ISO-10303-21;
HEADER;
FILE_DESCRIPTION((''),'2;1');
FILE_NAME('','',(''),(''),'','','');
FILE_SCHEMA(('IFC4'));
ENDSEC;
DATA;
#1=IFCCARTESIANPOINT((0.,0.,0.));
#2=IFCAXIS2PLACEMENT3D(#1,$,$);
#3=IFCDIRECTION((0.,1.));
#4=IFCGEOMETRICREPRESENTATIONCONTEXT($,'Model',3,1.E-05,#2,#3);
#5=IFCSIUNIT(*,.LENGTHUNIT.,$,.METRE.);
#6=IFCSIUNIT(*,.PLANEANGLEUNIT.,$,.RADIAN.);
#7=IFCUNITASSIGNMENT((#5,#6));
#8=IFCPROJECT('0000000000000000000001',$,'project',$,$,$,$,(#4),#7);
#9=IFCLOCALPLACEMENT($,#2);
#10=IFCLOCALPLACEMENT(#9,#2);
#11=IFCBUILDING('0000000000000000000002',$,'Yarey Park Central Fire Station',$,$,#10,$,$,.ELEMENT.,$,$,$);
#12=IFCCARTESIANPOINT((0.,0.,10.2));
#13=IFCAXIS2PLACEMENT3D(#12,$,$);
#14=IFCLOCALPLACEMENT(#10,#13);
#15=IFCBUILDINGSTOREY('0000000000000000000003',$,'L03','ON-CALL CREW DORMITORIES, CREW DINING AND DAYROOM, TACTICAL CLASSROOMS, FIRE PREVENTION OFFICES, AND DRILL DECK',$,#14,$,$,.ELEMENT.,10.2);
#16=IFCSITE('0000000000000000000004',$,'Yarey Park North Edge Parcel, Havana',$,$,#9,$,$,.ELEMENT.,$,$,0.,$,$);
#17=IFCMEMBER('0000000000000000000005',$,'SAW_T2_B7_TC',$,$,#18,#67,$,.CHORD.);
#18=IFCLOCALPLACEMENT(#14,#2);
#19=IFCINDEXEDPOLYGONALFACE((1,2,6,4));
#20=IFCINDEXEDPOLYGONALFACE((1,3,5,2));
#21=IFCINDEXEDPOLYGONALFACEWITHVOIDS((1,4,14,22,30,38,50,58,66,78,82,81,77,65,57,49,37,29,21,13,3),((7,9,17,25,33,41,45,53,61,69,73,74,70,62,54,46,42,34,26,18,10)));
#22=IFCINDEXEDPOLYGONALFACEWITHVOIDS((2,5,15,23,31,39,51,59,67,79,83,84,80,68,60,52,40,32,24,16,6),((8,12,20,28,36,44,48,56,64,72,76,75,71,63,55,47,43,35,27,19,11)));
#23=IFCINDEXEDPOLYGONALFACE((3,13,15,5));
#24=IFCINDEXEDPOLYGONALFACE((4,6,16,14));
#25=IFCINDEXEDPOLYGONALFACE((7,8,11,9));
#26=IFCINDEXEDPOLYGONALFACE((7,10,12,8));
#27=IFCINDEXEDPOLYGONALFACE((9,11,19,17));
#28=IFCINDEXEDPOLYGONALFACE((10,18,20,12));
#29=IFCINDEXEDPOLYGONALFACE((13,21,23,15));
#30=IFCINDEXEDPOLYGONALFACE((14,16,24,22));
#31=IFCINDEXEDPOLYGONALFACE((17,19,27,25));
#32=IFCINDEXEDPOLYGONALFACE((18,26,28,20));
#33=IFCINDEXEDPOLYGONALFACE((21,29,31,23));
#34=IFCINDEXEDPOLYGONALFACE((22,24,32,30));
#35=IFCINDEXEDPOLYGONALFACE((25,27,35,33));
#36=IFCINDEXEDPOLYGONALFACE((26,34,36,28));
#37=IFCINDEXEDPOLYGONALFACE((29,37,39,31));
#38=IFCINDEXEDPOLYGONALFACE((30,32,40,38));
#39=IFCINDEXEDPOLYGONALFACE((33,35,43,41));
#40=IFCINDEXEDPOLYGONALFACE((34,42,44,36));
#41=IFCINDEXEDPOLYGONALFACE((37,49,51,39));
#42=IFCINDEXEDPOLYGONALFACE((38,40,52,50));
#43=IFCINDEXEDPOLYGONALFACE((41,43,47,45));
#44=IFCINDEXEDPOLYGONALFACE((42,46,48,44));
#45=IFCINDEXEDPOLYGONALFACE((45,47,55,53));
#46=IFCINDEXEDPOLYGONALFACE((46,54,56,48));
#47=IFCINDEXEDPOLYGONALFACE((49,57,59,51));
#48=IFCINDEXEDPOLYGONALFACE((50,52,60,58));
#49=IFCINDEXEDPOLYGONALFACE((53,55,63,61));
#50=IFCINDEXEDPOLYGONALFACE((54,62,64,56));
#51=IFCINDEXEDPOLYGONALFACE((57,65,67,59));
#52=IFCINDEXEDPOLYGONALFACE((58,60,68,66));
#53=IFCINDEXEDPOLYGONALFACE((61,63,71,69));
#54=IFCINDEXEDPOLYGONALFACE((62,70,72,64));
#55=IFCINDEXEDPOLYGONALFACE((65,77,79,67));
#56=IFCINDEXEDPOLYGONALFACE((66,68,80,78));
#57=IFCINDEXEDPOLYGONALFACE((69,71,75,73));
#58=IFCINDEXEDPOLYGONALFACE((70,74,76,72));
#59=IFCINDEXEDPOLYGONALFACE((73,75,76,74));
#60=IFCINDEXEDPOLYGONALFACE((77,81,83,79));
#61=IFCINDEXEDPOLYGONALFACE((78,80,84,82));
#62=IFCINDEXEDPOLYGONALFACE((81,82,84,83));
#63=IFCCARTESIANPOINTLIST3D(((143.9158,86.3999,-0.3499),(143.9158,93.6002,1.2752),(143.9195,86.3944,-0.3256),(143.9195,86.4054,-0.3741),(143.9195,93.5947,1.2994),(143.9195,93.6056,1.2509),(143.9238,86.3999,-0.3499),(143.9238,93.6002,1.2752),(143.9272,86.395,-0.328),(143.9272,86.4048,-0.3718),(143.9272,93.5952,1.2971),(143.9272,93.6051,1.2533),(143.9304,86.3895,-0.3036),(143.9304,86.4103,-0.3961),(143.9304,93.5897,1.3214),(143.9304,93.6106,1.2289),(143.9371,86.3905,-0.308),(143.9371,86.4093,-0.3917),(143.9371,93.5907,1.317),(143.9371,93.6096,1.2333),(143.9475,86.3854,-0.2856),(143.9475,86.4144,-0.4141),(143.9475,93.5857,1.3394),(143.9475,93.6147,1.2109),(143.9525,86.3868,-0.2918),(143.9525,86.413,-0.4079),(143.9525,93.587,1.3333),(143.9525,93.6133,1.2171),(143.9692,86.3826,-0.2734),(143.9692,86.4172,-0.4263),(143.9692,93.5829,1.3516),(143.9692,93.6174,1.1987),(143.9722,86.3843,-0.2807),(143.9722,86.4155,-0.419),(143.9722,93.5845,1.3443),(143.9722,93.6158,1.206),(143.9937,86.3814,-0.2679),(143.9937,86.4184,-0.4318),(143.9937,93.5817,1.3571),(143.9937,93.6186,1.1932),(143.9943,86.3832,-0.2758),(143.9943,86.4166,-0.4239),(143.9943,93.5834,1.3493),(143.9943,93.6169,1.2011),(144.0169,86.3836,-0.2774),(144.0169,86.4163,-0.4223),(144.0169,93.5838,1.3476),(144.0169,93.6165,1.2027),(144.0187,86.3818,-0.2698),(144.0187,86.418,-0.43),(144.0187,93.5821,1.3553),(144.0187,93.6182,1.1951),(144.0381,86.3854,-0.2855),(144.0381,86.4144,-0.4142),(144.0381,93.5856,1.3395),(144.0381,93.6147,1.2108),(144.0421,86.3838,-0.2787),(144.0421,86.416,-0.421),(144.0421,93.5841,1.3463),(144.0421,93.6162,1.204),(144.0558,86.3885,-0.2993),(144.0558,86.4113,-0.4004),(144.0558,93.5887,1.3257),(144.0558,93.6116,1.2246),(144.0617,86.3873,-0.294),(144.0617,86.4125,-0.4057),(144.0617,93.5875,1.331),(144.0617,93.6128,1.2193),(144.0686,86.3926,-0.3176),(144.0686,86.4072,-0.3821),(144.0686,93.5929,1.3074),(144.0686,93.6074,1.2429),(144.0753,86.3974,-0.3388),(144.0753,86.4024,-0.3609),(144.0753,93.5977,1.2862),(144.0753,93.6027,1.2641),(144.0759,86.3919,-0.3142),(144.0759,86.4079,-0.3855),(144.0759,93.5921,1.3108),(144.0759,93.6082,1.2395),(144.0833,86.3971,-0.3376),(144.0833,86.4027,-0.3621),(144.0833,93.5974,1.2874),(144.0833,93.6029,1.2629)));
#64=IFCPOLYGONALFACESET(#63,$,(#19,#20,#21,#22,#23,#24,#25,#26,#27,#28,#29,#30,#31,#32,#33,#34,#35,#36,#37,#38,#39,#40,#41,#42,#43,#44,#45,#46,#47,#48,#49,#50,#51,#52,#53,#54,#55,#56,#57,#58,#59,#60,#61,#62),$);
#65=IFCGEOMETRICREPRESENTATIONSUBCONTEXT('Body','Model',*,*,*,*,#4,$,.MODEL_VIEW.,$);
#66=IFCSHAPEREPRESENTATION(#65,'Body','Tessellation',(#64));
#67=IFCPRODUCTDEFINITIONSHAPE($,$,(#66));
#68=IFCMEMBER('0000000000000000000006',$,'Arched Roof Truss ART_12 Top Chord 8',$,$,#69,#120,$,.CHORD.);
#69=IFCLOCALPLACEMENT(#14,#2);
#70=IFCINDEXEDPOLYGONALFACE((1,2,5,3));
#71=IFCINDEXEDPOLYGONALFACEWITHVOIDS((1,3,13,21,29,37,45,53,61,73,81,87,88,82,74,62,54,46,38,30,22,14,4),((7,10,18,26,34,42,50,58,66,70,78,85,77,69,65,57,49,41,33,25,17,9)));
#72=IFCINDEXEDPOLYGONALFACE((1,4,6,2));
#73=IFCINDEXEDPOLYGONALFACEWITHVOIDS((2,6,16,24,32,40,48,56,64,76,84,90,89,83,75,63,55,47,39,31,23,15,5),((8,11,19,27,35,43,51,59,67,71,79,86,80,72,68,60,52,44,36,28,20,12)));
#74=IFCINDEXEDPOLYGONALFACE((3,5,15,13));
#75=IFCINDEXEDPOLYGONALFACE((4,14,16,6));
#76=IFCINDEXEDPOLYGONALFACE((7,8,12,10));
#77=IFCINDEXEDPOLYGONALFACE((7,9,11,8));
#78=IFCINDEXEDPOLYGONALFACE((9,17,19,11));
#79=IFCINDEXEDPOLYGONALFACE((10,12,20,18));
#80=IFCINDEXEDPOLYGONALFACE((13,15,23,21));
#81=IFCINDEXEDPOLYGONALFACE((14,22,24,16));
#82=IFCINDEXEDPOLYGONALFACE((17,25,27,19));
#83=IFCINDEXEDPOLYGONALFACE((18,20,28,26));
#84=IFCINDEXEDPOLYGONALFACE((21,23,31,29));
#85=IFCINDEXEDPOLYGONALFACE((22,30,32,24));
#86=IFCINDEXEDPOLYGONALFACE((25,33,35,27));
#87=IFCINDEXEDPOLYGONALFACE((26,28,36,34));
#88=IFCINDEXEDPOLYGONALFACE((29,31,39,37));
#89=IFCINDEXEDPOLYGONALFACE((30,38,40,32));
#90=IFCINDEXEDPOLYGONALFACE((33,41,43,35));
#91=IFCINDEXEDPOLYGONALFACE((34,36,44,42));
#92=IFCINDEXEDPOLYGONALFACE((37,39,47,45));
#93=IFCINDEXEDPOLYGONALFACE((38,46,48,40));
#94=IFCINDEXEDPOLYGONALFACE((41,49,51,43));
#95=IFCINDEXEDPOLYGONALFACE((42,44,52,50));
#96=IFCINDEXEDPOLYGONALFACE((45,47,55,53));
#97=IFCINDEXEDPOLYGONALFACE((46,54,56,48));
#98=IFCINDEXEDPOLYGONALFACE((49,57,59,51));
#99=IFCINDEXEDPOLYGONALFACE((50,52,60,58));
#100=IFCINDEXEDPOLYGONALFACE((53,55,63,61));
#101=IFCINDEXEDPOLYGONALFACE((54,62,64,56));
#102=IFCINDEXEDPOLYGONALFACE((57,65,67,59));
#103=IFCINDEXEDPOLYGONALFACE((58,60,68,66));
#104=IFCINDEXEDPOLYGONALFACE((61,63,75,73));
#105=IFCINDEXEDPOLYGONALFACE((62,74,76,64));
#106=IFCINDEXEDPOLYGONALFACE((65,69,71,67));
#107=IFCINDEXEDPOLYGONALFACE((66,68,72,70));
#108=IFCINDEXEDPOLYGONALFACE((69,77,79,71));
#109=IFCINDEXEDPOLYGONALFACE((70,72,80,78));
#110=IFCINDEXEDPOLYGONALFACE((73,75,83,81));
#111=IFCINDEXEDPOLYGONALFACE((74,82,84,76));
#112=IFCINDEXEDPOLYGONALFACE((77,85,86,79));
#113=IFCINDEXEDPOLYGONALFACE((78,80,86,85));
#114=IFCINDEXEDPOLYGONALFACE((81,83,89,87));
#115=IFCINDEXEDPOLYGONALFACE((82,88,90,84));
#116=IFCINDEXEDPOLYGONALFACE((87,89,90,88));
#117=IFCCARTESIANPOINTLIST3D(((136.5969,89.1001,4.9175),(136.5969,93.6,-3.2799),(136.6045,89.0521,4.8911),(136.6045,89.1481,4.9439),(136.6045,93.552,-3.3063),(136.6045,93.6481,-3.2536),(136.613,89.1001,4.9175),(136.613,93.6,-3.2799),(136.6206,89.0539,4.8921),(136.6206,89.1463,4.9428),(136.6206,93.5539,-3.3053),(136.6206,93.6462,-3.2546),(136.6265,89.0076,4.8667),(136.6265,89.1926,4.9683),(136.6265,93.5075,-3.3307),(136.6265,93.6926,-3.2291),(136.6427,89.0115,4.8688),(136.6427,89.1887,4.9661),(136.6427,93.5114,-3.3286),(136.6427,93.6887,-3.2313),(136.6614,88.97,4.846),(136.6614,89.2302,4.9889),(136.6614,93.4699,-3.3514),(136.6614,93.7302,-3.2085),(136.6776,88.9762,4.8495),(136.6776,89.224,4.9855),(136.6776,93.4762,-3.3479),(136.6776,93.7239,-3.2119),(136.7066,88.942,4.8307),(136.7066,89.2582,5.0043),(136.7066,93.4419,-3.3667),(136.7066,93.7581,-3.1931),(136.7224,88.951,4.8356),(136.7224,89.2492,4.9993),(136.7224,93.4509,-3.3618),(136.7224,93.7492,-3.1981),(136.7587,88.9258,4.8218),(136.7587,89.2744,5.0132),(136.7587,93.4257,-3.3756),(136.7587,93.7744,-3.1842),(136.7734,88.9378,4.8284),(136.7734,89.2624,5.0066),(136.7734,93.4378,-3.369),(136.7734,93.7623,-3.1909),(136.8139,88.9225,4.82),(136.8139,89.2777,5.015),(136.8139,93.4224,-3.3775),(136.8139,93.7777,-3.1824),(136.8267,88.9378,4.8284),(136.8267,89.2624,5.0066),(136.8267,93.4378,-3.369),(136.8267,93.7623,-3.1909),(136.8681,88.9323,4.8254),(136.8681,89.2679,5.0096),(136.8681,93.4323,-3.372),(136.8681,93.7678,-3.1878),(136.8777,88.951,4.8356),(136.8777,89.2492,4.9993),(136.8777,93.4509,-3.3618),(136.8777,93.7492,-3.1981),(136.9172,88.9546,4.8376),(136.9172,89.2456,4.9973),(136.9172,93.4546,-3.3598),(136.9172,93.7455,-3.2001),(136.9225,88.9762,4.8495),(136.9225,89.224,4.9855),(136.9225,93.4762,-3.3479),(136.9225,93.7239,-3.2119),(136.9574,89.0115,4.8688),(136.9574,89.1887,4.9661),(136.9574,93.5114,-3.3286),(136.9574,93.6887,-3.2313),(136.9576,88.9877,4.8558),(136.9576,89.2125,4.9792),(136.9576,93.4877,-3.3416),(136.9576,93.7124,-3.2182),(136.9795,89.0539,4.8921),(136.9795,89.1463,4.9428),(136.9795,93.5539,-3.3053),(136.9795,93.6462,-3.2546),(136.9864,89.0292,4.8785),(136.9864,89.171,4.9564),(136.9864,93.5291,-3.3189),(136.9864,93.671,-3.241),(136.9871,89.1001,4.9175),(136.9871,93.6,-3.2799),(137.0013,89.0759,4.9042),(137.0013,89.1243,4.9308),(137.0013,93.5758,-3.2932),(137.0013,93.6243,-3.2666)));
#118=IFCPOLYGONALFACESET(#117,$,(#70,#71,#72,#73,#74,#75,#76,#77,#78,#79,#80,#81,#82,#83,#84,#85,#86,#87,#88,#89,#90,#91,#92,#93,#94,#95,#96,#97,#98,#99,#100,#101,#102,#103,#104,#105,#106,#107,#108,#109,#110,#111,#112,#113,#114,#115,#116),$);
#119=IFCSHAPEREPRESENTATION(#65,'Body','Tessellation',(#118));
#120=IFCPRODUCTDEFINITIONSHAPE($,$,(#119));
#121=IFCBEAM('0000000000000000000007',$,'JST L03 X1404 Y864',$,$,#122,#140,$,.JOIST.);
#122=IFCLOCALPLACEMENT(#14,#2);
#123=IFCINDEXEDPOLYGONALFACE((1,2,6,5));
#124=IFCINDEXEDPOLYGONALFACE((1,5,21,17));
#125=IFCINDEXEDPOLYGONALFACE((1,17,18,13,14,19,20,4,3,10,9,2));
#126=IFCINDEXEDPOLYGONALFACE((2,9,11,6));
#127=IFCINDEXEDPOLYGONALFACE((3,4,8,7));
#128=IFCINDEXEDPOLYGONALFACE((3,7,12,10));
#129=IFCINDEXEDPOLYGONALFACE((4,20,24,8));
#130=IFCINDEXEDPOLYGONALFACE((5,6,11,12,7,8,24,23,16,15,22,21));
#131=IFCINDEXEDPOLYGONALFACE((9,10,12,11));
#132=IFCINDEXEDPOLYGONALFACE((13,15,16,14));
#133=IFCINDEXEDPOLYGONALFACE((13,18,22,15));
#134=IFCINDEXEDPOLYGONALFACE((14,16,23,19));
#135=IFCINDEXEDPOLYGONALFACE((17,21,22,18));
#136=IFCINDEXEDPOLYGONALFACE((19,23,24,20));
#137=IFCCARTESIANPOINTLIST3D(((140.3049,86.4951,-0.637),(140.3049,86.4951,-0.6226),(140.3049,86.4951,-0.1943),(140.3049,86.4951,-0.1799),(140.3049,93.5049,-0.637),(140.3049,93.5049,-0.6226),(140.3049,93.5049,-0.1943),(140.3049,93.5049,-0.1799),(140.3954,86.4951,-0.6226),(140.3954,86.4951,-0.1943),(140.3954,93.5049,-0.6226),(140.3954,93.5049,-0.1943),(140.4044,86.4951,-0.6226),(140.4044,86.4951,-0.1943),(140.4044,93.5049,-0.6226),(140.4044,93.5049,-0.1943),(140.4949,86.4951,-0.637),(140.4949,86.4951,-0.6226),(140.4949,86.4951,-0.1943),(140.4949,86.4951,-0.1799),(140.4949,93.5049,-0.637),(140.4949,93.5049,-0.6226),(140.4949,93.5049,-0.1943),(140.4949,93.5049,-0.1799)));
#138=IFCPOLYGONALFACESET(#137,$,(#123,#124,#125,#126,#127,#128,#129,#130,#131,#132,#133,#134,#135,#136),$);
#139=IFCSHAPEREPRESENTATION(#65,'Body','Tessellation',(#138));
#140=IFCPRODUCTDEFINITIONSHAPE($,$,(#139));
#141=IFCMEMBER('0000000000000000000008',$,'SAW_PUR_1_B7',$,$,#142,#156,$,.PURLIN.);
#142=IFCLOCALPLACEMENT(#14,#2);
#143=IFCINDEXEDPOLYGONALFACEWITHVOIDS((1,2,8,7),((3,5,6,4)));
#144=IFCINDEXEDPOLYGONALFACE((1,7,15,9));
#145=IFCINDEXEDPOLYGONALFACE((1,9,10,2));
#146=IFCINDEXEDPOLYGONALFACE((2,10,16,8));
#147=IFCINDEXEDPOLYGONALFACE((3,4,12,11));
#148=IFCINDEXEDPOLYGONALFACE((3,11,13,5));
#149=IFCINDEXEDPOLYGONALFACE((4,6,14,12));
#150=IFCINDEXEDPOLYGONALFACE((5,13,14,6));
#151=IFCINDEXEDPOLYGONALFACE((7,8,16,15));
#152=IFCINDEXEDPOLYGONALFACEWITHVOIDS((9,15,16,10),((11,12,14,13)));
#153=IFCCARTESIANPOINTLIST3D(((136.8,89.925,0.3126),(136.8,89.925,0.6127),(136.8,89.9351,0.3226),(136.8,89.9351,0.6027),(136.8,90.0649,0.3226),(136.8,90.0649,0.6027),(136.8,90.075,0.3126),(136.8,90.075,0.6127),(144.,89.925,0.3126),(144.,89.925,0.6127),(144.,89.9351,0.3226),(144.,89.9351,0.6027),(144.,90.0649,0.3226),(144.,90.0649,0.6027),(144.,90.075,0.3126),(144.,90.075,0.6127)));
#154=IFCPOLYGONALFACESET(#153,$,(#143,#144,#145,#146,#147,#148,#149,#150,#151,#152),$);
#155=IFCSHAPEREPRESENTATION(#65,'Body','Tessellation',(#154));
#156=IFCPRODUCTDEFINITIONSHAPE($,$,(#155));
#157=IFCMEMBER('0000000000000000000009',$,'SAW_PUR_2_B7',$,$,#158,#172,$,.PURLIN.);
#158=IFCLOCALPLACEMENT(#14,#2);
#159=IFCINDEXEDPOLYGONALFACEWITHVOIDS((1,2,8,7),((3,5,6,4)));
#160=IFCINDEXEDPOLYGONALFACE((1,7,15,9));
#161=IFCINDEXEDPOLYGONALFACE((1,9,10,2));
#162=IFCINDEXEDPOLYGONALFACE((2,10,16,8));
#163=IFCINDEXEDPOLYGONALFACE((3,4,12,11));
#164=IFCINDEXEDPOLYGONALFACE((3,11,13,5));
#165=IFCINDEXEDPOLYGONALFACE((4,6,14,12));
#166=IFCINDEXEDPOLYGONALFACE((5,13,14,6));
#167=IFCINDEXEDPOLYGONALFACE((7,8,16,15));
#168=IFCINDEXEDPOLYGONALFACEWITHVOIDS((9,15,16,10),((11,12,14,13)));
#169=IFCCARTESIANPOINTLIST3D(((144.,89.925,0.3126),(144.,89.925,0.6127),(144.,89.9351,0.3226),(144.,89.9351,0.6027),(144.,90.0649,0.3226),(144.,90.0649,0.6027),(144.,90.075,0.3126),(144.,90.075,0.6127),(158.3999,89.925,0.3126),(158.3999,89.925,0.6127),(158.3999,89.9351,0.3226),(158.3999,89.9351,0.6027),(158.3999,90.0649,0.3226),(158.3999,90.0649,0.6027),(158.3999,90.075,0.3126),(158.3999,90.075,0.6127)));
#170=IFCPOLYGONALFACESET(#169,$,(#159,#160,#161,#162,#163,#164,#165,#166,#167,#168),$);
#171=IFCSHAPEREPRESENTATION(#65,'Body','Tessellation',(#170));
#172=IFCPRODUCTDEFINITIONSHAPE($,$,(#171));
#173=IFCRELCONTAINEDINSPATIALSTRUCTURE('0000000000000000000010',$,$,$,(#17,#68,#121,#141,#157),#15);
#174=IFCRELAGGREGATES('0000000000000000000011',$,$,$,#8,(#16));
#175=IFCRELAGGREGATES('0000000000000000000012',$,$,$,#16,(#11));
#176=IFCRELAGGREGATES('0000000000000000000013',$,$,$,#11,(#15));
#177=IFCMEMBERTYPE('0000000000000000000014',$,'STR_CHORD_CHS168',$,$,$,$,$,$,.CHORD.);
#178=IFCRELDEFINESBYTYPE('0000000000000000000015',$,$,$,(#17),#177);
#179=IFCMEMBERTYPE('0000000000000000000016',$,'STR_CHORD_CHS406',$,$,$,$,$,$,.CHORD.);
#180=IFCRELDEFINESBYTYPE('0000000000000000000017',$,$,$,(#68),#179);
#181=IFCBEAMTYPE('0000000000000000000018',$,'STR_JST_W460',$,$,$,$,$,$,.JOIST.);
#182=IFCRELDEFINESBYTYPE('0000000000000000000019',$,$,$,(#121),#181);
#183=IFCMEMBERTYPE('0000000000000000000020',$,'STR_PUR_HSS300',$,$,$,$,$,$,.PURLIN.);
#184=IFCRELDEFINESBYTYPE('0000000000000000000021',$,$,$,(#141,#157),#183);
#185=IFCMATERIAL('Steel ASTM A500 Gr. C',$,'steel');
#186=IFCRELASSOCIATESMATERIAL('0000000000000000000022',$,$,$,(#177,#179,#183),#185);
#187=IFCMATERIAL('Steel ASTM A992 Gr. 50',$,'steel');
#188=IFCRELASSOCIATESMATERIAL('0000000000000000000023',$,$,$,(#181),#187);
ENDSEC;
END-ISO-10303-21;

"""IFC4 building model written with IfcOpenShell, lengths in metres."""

from ifc_helpers import new_model, si_unit, direction, frame, origin, origin_2d, place, context, subcontext, project, spatial, hollow_rectangle, hollow_circle, i_section, extrude, material, material_profile, profile_set, type_object, element, save


model = new_model("IFC4")

# Units and contexts
model_context = context("Model", 3, precision=1e-05, world=origin(), true_north=direction((0.0, 1.0)))
body_context = subcontext(model_context, "Body", "Model", "MODEL_VIEW")
ifc_project = project(units=[si_unit("LENGTHUNIT", "METRE"), si_unit("PLANEANGLEUNIT", "RADIAN")], contexts=[model_context])

# Site, building, storey
site_placement = place(None, origin())
site = spatial("IfcSite", under=ifc_project, at=site_placement, Name="Yarey Park North Edge Parcel, Havana", CompositionType="ELEMENT", RefElevation=0.0)
building_placement = place(site_placement, origin())
building = spatial("IfcBuilding", under=site, at=building_placement, Name="Yarey Park Central Fire Station", CompositionType="ELEMENT")
storey_placement = place(building_placement, frame((0.0, 0.0, 10.2)))
storey = spatial("IfcBuildingStorey", under=building, at=storey_placement, Name="L03", Description="ON-CALL CREW DORMITORIES, CREW DINING AND DAYROOM, TACTICAL CLASSROOMS, FIRE PREVENTION OFFICES, AND DRILL DECK", CompositionType="ELEMENT", Elevation=10.2)

# Shared definitions
ifc_material_1 = material(Name="Steel ASTM A992 Gr. 50", Category="steel")

# Members
ifc_material_2 = material(Name="Steel ASTM A500 Gr. C", Category="steel")
ifc_material_profile_1 = material_profile(ifc_material_2, hollow_circle(Radius=0.0842, WallThickness=0.0081, at=origin_2d()), Name="CHS 168.3x8")
ifc_profile_set_1 = profile_set([ifc_material_profile_1], Name="Steel ASTM A500 Gr. C")
member_type_1 = type_object("IfcMemberType", Name="STR_CHORD_CHS168", PredefinedType="CHORD", material=ifc_profile_set_1)
member_1_placement = place(storey_placement, frame((144.0, 86.3999, -0.3499), z_axis=(0.0, 0.975466, 0.220151), x_axis=(-1.0, 0.0, 0.0)))
element("IfcMember", 1, at=member_1_placement, inside=storey, type_object=member_type_1, Name="SAW_T2_B7_TC", PredefinedType="CHORD", context=body_context, shape_type="SweptSolid", body=[
    extrude(hollow_circle(Radius=0.0842, WallThickness=0.0081, at=origin_2d()), origin(), (0.0, 0.0, 1.0), 7.3813),
])
ifc_material_profile_2 = material_profile(ifc_material_2, hollow_circle(Radius=0.2031, WallThickness=0.0161, at=origin_2d()), Name="CHS 406.4x16")
ifc_profile_set_2 = profile_set([ifc_material_profile_2], Name="Steel ASTM A500 Gr. C")
member_type_2 = type_object("IfcMemberType", Name="STR_CHORD_CHS406", PredefinedType="CHORD", material=ifc_profile_set_2)
member_2_placement = place(storey_placement, frame((136.8, 89.1001, 4.9175), z_axis=(0.0, 0.48121, -0.876605), x_axis=(-1.0, 0.0, 0.0)))
element("IfcMember", 2, at=member_2_placement, inside=storey, type_object=member_type_2, Name="Arched Roof Truss ART_12 Top Chord 8", PredefinedType="CHORD", context=body_context, shape_type="SweptSolid", body=[
    extrude(hollow_circle(Radius=0.2031, WallThickness=0.0161, at=origin_2d()), origin(), (0.0, 0.0, 1.0), 9.3513),
])

# Beam
ifc_material_profile_3 = material_profile(ifc_material_1, i_section(OverallWidth=0.1899, OverallDepth=0.457, WebThickness=0.009, FlangeThickness=0.0144, at=origin_2d()), Name="W460x74")
ifc_profile_set_3 = profile_set([ifc_material_profile_3], Name="Steel ASTM A992 Gr. 50")
beam_type_1 = type_object("IfcBeamType", Name="STR_JST_W460", PredefinedType="JOIST", material=ifc_profile_set_3)
beam_1_placement = place(storey_placement, frame((140.3999, 86.4951, -0.4084), z_axis=(0.0, 1.0, 0.0), x_axis=(-1.0, 0.0, 0.0)))
element("IfcBeam", 3, at=beam_1_placement, inside=storey, type_object=beam_type_1, Name="JST L03 X1404 Y864", PredefinedType="JOIST", context=body_context, shape_type="SweptSolid", body=[
    extrude(i_section(OverallWidth=0.1899, OverallDepth=0.457, WebThickness=0.009, FlangeThickness=0.0144, at=origin_2d()), origin(), (0.0, 0.0, 1.0), 7.0098),
])

# Members
ifc_material_profile_4 = material_profile(ifc_material_2, hollow_rectangle(XDim=0.1499, YDim=0.3, WallThickness=0.01, at=origin_2d()), Name="HSS 300x150x10")
ifc_profile_set_4 = profile_set([ifc_material_profile_4], Name="Steel ASTM A500 Gr. C")
member_type_3 = type_object("IfcMemberType", Name="STR_PUR_HSS300", PredefinedType="PURLIN", material=ifc_profile_set_4)
member_3_placement = place(storey_placement, frame((136.8, 90.0, 0.4626), z_axis=(1.0, 0.0, 0.0), x_axis=(0.0, 1.0, 0.0)))
element("IfcMember", 4, at=member_3_placement, inside=storey, type_object=member_type_3, Name="SAW_PUR_1_B7", PredefinedType="PURLIN", context=body_context, shape_type="SweptSolid", body=[
    extrude(hollow_rectangle(XDim=0.1499, YDim=0.3, WallThickness=0.01, at=origin_2d()), origin(), (0.0, 0.0, 1.0), 7.2),
])
member_4_placement = place(storey_placement, frame((144.0, 90.0, 0.4626), z_axis=(1.0, 0.0, 0.0), x_axis=(0.0, 1.0, 0.0)))
element("IfcMember", 5, at=member_4_placement, inside=storey, type_object=member_type_3, Name="SAW_PUR_2_B7", PredefinedType="PURLIN", context=body_context, shape_type="SweptSolid", body=[
    extrude(hollow_rectangle(XDim=0.1499, YDim=0.3, WallThickness=0.01, at=origin_2d()), origin(), (0.0, 0.0, 1.0), 14.3999),
])

save(model, "model.ifc")
